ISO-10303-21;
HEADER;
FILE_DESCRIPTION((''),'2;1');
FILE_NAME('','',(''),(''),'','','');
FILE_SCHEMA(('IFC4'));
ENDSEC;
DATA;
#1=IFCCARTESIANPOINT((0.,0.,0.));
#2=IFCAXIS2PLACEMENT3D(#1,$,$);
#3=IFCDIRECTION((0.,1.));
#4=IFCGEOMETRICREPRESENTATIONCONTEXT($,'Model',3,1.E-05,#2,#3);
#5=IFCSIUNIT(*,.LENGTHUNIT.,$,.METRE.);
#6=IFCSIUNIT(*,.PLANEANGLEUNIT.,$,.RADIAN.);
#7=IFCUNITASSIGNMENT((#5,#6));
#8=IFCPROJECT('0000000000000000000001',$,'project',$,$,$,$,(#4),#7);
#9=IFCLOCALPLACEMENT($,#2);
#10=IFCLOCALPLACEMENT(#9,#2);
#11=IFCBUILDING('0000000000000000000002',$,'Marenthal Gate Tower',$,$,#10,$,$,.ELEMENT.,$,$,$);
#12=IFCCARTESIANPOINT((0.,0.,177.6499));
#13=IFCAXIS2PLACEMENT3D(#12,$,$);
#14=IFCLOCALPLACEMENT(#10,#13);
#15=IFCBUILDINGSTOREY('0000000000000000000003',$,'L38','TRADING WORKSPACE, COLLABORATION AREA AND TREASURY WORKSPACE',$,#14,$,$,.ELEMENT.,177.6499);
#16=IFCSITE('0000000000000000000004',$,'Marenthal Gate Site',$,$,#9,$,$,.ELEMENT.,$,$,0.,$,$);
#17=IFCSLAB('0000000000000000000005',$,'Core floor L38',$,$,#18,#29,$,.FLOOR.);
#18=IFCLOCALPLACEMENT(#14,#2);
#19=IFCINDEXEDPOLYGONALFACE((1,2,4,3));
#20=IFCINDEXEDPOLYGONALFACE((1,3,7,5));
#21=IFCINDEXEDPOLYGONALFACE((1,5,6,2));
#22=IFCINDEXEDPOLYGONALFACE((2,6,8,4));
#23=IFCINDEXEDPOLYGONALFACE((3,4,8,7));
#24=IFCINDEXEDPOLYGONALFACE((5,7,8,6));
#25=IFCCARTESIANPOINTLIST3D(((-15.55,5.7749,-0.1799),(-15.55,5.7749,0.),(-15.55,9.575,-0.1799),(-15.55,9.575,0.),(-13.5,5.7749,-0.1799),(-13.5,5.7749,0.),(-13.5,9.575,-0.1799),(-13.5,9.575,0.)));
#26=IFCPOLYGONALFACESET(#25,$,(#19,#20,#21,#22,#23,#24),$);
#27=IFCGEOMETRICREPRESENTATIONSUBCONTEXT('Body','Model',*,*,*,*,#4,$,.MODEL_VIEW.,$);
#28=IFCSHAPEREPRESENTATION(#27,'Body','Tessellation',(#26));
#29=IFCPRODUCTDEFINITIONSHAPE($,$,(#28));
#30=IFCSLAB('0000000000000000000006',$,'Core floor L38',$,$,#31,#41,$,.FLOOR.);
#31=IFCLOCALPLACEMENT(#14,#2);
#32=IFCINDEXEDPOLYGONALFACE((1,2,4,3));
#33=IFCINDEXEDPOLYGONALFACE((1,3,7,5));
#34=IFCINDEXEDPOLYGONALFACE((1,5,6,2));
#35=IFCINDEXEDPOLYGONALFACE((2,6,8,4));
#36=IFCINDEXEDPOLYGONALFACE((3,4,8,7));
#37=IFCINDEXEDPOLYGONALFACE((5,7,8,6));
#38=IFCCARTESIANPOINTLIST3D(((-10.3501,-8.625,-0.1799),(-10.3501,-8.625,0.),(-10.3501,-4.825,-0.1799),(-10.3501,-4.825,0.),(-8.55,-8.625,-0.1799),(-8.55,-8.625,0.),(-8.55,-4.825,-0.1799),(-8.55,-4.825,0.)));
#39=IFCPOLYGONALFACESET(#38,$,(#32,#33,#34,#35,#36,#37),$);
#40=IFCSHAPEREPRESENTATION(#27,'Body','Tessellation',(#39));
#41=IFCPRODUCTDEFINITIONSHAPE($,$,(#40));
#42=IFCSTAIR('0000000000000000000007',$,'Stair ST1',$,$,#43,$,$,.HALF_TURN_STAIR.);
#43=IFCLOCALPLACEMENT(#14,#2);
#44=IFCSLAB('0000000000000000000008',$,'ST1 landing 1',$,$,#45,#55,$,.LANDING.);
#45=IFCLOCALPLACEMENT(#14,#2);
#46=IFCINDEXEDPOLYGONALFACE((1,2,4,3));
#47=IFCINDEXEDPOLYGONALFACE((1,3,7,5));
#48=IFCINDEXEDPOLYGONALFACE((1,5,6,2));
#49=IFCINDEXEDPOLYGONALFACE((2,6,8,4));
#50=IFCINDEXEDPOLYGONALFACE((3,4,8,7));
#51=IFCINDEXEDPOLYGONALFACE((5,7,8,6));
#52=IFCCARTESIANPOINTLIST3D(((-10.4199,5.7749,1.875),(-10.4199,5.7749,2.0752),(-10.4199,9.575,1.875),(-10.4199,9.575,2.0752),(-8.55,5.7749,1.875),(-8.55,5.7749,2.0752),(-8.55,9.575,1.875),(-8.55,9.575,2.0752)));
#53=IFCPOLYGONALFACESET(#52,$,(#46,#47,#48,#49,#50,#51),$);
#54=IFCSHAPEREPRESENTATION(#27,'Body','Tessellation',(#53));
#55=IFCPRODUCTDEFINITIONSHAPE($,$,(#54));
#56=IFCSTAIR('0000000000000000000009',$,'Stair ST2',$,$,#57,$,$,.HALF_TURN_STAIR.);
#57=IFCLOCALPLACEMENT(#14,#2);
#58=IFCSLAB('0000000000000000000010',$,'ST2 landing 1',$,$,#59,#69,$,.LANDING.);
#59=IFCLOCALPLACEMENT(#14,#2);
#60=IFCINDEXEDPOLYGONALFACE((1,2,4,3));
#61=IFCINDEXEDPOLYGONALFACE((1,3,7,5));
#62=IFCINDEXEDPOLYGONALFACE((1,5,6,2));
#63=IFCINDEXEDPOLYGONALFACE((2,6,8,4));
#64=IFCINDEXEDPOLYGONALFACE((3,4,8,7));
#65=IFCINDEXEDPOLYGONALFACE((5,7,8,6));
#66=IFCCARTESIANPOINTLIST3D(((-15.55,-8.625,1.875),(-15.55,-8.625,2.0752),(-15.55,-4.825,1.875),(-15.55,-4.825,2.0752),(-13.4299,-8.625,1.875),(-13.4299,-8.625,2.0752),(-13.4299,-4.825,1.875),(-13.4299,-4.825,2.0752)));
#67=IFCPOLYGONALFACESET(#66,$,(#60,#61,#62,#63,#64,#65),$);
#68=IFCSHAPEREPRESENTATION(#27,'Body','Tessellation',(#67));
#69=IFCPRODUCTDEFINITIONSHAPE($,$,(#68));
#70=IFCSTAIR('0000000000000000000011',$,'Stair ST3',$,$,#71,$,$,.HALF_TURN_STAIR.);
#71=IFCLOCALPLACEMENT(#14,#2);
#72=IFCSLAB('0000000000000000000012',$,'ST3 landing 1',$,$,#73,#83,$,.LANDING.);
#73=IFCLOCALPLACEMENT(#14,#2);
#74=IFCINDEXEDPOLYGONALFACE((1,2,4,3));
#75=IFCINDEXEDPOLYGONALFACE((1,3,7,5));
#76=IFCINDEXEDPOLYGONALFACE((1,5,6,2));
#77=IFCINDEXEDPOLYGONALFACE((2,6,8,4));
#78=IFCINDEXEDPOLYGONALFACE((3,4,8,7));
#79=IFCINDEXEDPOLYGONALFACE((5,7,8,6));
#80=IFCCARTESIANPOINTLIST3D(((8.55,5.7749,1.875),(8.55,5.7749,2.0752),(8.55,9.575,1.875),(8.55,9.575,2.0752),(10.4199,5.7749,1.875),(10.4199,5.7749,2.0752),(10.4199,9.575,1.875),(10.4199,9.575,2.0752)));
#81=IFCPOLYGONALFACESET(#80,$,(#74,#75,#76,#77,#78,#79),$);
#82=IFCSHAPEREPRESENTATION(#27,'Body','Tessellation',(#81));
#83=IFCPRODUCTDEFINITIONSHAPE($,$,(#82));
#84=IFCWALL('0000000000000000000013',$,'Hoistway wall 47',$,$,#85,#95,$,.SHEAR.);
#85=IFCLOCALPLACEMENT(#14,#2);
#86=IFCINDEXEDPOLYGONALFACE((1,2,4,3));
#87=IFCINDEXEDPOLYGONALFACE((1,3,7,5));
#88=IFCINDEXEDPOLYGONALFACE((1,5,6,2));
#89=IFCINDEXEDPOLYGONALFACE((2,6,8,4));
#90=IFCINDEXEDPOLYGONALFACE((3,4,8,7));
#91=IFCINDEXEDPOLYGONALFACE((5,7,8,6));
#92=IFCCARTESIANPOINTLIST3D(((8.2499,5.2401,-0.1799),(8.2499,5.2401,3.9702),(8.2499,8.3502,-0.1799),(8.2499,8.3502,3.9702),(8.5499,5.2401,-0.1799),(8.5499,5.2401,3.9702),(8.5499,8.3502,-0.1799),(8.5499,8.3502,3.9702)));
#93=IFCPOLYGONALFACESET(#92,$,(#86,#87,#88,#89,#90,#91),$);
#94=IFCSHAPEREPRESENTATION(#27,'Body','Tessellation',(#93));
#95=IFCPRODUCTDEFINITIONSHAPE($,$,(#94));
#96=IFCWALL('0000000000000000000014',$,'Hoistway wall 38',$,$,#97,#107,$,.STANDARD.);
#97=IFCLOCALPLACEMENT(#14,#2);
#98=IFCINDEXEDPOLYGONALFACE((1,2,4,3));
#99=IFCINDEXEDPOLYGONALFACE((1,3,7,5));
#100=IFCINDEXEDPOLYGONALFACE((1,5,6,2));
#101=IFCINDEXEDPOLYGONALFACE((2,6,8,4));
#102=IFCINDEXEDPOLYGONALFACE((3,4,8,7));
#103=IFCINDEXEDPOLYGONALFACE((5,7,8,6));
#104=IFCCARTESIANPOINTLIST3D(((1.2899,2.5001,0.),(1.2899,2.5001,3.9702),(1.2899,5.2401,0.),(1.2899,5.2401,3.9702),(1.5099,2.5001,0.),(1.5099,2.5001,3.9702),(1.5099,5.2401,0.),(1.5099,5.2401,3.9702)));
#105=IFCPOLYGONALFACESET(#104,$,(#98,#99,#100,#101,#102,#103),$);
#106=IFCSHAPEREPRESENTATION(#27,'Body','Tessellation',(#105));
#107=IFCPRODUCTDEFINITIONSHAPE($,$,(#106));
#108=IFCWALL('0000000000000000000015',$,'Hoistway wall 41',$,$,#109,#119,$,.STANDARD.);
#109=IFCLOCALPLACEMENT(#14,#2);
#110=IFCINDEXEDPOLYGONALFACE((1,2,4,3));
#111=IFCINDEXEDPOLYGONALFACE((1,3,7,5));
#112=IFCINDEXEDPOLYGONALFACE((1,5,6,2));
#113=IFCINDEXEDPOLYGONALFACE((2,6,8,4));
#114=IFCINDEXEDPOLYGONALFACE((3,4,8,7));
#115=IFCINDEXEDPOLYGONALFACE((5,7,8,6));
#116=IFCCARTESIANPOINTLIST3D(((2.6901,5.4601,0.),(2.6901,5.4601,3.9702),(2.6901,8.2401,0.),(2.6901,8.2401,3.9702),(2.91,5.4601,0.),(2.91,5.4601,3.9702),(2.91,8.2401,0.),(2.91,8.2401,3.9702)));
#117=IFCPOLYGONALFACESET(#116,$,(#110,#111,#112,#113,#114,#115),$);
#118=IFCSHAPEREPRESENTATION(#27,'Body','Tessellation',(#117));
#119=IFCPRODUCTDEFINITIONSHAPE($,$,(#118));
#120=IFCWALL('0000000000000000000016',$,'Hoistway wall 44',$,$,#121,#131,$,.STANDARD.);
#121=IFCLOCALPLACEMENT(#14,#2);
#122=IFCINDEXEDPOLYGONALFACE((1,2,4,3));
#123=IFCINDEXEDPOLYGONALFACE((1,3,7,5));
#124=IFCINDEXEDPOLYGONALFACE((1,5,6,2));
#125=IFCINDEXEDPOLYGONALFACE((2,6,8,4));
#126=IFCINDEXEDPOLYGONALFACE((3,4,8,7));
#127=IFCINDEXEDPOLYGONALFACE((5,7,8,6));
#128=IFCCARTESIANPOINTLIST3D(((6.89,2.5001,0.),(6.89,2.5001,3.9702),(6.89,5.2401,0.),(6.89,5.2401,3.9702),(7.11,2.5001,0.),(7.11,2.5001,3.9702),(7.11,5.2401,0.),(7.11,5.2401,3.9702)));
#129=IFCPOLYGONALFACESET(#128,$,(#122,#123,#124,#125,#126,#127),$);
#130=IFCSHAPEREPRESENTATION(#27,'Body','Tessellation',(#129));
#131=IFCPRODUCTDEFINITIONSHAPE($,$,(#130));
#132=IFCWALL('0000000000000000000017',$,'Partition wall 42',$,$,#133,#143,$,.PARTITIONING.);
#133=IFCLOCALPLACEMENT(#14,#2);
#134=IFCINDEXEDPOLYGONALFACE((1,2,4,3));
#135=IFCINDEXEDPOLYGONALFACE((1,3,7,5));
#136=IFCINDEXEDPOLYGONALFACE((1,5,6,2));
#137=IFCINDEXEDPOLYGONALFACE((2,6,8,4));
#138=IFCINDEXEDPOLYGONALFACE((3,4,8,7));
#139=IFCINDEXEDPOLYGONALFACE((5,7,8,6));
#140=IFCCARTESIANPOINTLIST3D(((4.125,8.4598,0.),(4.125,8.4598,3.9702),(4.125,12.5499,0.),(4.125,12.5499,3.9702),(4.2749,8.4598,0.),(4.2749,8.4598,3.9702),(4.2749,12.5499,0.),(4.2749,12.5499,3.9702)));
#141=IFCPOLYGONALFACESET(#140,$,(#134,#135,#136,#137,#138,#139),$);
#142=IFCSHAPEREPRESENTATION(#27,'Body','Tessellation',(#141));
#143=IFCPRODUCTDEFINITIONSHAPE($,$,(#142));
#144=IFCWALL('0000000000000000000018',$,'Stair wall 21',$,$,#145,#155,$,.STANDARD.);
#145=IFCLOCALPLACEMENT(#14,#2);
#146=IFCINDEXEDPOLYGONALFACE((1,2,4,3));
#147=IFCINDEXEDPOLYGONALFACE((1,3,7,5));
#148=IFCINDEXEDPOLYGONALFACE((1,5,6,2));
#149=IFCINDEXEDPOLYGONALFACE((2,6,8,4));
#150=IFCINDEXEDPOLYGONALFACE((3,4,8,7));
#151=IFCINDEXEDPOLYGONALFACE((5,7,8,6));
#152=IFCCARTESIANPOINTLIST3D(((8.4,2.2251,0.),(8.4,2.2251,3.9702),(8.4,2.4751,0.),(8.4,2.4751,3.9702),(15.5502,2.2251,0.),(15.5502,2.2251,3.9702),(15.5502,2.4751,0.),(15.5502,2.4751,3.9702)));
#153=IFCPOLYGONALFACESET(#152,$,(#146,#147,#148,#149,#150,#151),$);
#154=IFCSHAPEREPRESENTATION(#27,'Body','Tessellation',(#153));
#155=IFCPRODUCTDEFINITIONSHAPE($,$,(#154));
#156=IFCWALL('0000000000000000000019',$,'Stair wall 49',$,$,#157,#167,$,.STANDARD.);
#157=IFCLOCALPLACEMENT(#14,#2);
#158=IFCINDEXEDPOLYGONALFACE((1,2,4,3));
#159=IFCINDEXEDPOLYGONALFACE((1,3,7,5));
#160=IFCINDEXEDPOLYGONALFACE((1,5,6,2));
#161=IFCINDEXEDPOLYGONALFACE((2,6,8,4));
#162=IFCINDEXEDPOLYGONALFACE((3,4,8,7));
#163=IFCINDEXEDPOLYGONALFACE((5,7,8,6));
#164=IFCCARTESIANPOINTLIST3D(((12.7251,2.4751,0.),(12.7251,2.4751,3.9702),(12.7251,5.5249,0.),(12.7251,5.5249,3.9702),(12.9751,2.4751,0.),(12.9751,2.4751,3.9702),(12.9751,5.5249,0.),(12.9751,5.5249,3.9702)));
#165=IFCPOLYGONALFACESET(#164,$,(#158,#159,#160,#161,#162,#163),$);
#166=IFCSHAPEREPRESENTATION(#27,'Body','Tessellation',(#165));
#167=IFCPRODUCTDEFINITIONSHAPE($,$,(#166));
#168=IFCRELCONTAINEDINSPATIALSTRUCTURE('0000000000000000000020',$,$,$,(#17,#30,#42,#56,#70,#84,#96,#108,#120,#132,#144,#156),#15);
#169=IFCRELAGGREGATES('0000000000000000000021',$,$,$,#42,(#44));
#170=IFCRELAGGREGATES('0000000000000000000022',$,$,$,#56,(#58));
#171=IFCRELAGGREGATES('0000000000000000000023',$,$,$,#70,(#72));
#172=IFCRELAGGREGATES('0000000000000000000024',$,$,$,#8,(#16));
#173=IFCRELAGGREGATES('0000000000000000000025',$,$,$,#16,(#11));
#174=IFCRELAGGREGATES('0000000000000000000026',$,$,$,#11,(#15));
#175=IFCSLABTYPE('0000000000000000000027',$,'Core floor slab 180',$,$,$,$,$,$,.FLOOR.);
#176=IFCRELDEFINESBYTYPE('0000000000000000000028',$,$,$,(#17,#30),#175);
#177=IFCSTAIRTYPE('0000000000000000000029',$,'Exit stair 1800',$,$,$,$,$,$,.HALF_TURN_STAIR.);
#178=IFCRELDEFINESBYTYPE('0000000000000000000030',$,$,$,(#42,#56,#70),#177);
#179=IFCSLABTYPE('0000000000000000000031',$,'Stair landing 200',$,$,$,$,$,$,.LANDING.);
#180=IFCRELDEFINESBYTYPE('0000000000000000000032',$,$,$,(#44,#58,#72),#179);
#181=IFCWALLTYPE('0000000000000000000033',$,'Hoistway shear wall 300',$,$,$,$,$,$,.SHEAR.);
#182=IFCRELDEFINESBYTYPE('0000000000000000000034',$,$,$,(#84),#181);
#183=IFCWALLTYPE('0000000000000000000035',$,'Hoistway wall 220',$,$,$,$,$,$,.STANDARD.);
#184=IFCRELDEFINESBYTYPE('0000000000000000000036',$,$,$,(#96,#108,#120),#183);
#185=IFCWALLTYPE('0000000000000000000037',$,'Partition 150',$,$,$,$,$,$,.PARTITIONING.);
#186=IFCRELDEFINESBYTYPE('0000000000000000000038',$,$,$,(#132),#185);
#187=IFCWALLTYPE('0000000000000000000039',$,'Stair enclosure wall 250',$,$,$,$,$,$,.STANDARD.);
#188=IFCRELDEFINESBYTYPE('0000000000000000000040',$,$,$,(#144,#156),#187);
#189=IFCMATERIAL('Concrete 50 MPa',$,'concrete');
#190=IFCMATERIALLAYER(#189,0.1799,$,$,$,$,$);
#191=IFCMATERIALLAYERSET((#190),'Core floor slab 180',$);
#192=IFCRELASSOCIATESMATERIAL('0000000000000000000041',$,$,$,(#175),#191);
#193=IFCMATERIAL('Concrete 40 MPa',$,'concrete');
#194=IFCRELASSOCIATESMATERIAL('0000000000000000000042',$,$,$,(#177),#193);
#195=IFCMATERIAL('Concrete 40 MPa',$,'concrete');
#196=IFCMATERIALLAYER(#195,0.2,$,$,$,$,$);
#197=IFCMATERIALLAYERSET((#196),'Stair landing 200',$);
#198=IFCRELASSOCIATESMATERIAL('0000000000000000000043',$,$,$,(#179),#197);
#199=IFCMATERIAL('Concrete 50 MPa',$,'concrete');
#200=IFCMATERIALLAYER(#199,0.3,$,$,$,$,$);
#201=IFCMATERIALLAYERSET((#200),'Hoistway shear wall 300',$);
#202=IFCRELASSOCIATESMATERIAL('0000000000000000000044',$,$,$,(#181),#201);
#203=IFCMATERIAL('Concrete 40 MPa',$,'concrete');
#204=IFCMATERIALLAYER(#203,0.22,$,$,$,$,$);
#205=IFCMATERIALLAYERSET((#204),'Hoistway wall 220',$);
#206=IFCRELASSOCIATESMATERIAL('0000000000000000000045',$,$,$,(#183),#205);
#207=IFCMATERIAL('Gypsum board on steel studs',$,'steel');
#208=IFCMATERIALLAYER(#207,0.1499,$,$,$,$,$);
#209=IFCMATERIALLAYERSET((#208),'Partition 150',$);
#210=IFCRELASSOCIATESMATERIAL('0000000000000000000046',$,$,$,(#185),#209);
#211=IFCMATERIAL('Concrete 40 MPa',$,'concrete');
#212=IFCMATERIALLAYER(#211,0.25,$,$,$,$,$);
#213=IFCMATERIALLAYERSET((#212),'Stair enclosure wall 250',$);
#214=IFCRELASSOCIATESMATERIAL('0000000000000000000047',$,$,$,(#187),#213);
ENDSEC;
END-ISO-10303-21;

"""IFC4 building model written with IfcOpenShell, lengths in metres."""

from ifc_helpers import new_model, si_unit, direction, frame, frame_2d, origin, place, context, subcontext, project, spatial, polyline, rectangle, outline, extrude, material, layer, layer_set, type_object, element, aggregate, save


model = new_model("IFC4")

# Units and contexts
model_context = context("Model", 3, precision=1e-05, world=origin(), true_north=direction((0.0, 1.0)))
body_context = subcontext(model_context, "Body", "Model", "MODEL_VIEW")
ifc_project = project(units=[si_unit("LENGTHUNIT", "METRE"), si_unit("PLANEANGLEUNIT", "RADIAN")], contexts=[model_context])

# Site, building, storey
site_placement = place(None, origin())
site = spatial("IfcSite", under=ifc_project, at=site_placement, Name="Marenthal Gate Site", CompositionType="ELEMENT", RefElevation=0.0)
building_placement = place(site_placement, origin())
building = spatial("IfcBuilding", under=site, at=building_placement, Name="Marenthal Gate Tower", CompositionType="ELEMENT")
storey_placement = place(building_placement, frame((0.0, 0.0, 177.6499)))
storey = spatial("IfcBuildingStorey", under=building, at=storey_placement, Name="L38", Description="TRADING WORKSPACE, COLLABORATION AREA AND TREASURY WORKSPACE", CompositionType="ELEMENT", Elevation=177.6499)

# Slabs
ifc_material_1 = material(Name="Concrete 50 MPa", Category="concrete")
ifc_layer_1 = layer(ifc_material_1, 0.1799)
ifc_layer_set_1 = layer_set([ifc_layer_1], Name="Core floor slab 180")
slab_type_1 = type_object("IfcSlabType", Name="Core floor slab 180", PredefinedType="FLOOR", material=ifc_layer_set_1)
slab_1_placement = place(storey_placement, frame((0.0, 0.0, -0.1799)))
element("IfcSlab", 1, at=slab_1_placement, inside=storey, type_object=slab_type_1, Name="Core floor L38", PredefinedType="FLOOR", context=body_context, shape_type="SweptSolid", body=[
    extrude(outline(polyline([(-15.55, 9.575), (-13.5, 9.575), (-13.5, 5.7749), (-15.55, 5.7749), (-15.55, 9.575)])), origin(), (0.0, 0.0, 1.0), 0.1799),
])
slab_2_placement = place(storey_placement, frame((0.0, 0.0, -0.1799)))
element("IfcSlab", 2, at=slab_2_placement, inside=storey, type_object=slab_type_1, Name="Core floor L38", PredefinedType="FLOOR", context=body_context, shape_type="SweptSolid", body=[
    extrude(outline(polyline([(-8.55, -8.625), (-10.3501, -8.625), (-10.3501, -4.825), (-8.55, -4.825), (-8.55, -8.625)])), origin(), (0.0, 0.0, 1.0), 0.1799),
])

# Stairs, slabs
ifc_material_2 = material(Name="Concrete 40 MPa", Category="concrete")
stair_type = type_object("IfcStairType", Name="Exit stair 1800", PredefinedType="HALF_TURN_STAIR", material=ifc_material_2)
stair_1_placement = place(storey_placement, origin())
stair_1 = element("IfcStair", 3, at=stair_1_placement, inside=storey, type_object=stair_type, Name="Stair ST1", PredefinedType="HALF_TURN_STAIR")
ifc_material_3 = material(Name="Concrete 40 MPa", Category="concrete")
ifc_layer_2 = layer(ifc_material_3, 0.2)
ifc_layer_set_2 = layer_set([ifc_layer_2], Name="Stair landing 200")
slab_type_2 = type_object("IfcSlabType", Name="Stair landing 200", PredefinedType="LANDING", material=ifc_layer_set_2)
slab_3_placement = place(storey_placement, frame((0.0, 0.0, 1.875)))
slab_3 = element("IfcSlab", 4, at=slab_3_placement, type_object=slab_type_2, Name="ST1 landing 1", PredefinedType="LANDING", context=body_context, shape_type="SweptSolid", body=[
    extrude(outline(polyline([(-10.4199, 5.7749), (-8.55, 5.7749), (-8.55, 9.575), (-10.4199, 9.575), (-10.4199, 5.7749)])), origin(), (0.0, 0.0, 1.0), 0.2002),
])
aggregate(stair_1, [slab_3])
stair_2_placement = place(storey_placement, origin())
stair_2 = element("IfcStair", 5, at=stair_2_placement, inside=storey, type_object=stair_type, Name="Stair ST2", PredefinedType="HALF_TURN_STAIR")
slab_4_placement = place(storey_placement, frame((0.0, 0.0, 1.875)))
slab_4 = element("IfcSlab", 6, at=slab_4_placement, type_object=slab_type_2, Name="ST2 landing 1", PredefinedType="LANDING", context=body_context, shape_type="SweptSolid", body=[
    extrude(outline(polyline([(-15.55, -8.625), (-13.4299, -8.625), (-13.4299, -4.825), (-15.55, -4.825), (-15.55, -8.625)])), origin(), (0.0, 0.0, 1.0), 0.2002),
])
aggregate(stair_2, [slab_4])
stair_3_placement = place(storey_placement, origin())
stair_3 = element("IfcStair", 7, at=stair_3_placement, inside=storey, type_object=stair_type, Name="Stair ST3", PredefinedType="HALF_TURN_STAIR")
slab_5_placement = place(storey_placement, frame((0.0, 0.0, 1.875)))
slab_5 = element("IfcSlab", 8, at=slab_5_placement, type_object=slab_type_2, Name="ST3 landing 1", PredefinedType="LANDING", context=body_context, shape_type="SweptSolid", body=[
    extrude(outline(polyline([(8.55, 5.7749), (10.4199, 5.7749), (10.4199, 9.575), (8.55, 9.575), (8.55, 5.7749)])), origin(), (0.0, 0.0, 1.0), 0.2002),
])

# Walls
ifc_material_4 = material(Name="Concrete 50 MPa", Category="concrete")
ifc_layer_3 = layer(ifc_material_4, 0.3)
ifc_layer_set_3 = layer_set([ifc_layer_3], Name="Hoistway shear wall 300")
wall_type_1 = type_object("IfcWallType", Name="Hoistway shear wall 300", PredefinedType="SHEAR", material=ifc_layer_set_3)
wall_1_placement = place(storey_placement, frame((8.3999, 5.24, -0.1799), z_axis=(0.0, 0.0, 1.0), x_axis=(0.0, 1.0, 0.0)))
element("IfcWall", 9, at=wall_1_placement, inside=storey, type_object=wall_type_1, Name="Hoistway wall 47", PredefinedType="SHEAR", context=body_context, shape_type="SweptSolid", body=[
    extrude(rectangle(XDim=3.1101, YDim=0.3, at=frame_2d((1.5552, 0.0))), origin(), (0.0, 0.0, 1.0), 4.1501),
])
ifc_material_5 = material(Name="Concrete 40 MPa", Category="concrete")
ifc_layer_4 = layer(ifc_material_5, 0.22)
ifc_layer_set_4 = layer_set([ifc_layer_4], Name="Hoistway wall 220")
wall_type_2 = type_object("IfcWallType", Name="Hoistway wall 220", PredefinedType="STANDARD", material=ifc_layer_set_4)
wall_2_placement = place(storey_placement, frame((1.3999, 2.5, 0.0), z_axis=(0.0, 0.0, 1.0), x_axis=(0.0, 1.0, 0.0)))
element("IfcWall", 10, at=wall_2_placement, inside=storey, type_object=wall_type_2, Name="Hoistway wall 38", PredefinedType="STANDARD", context=body_context, shape_type="SweptSolid", body=[
    extrude(rectangle(XDim=2.74, YDim=0.22, at=frame_2d((1.3701, 0.0))), origin(), (0.0, 0.0, 1.0), 3.9702),
])
wall_3_placement = place(storey_placement, frame((2.8, 5.46, 0.0), z_axis=(0.0, 0.0, 1.0), x_axis=(0.0, 1.0, 0.0)))
element("IfcWall", 11, at=wall_3_placement, inside=storey, type_object=wall_type_2, Name="Hoistway wall 41", PredefinedType="STANDARD", context=body_context, shape_type="SweptSolid", body=[
    extrude(rectangle(XDim=2.78, YDim=0.22, at=frame_2d((1.3901, 0.0))), origin(), (0.0, 0.0, 1.0), 3.9702),
])
wall_4_placement = place(storey_placement, frame((7.0, 2.5, 0.0), z_axis=(0.0, 0.0, 1.0), x_axis=(0.0, 1.0, 0.0)))
element("IfcWall", 12, at=wall_4_placement, inside=storey, type_object=wall_type_2, Name="Hoistway wall 44", PredefinedType="STANDARD", context=body_context, shape_type="SweptSolid", body=[
    extrude(rectangle(XDim=2.74, YDim=0.22, at=frame_2d((1.3701, 0.0))), origin(), (0.0, 0.0, 1.0), 3.9702),
])
ifc_material_6 = material(Name="Gypsum board on steel studs", Category="steel")
ifc_layer_5 = layer(ifc_material_6, 0.1499)
ifc_layer_set_5 = layer_set([ifc_layer_5], Name="Partition 150")
wall_type_3 = type_object("IfcWallType", Name="Partition 150", PredefinedType="PARTITIONING", material=ifc_layer_set_5)
wall_5_placement = place(storey_placement, frame((4.2, 8.46, 0.0), z_axis=(0.0, 0.0, 1.0), x_axis=(0.0, 1.0, 0.0)))
element("IfcWall", 13, at=wall_5_placement, inside=storey, type_object=wall_type_3, Name="Partition wall 42", PredefinedType="PARTITIONING", context=body_context, shape_type="SweptSolid", body=[
    extrude(rectangle(XDim=4.0901, YDim=0.1499, at=frame_2d((2.0449, 0.0))), origin(), (0.0, 0.0, 1.0), 3.9702),
])
ifc_material_7 = material(Name="Concrete 40 MPa", Category="concrete")
ifc_layer_6 = layer(ifc_material_7, 0.25)
ifc_layer_set_6 = layer_set([ifc_layer_6], Name="Stair enclosure wall 250")
wall_type_4 = type_object("IfcWallType", Name="Stair enclosure wall 250", PredefinedType="STANDARD", material=ifc_layer_set_6)
wall_6_placement = place(storey_placement, frame((8.3999, 2.3501, 0.0), z_axis=(0.0, 0.0, 1.0), x_axis=(1.0, 0.0, 0.0)))
element("IfcWall", 14, at=wall_6_placement, inside=storey, type_object=wall_type_4, Name="Stair wall 21", PredefinedType="STANDARD", context=body_context, shape_type="SweptSolid", body=[
    extrude(rectangle(XDim=7.1501, YDim=0.25, at=frame_2d((3.5752, 0.0))), origin(), (0.0, 0.0, 1.0), 3.9702),
])
wall_7_placement = place(storey_placement, frame((12.8501, 2.4751, 0.0), z_axis=(0.0, 0.0, 1.0), x_axis=(0.0, 1.0, 0.0)))
element("IfcWall", 15, at=wall_7_placement, inside=storey, type_object=wall_type_4, Name="Stair wall 49", PredefinedType="STANDARD", context=body_context, shape_type="SweptSolid", body=[
    extrude(rectangle(XDim=3.0498, YDim=0.25, at=frame_2d((1.5249, 0.0))), origin(), (0.0, 0.0, 1.0), 3.9702),
])

aggregate(stair_3, [slab_5])

save(model, "model.ifc")
